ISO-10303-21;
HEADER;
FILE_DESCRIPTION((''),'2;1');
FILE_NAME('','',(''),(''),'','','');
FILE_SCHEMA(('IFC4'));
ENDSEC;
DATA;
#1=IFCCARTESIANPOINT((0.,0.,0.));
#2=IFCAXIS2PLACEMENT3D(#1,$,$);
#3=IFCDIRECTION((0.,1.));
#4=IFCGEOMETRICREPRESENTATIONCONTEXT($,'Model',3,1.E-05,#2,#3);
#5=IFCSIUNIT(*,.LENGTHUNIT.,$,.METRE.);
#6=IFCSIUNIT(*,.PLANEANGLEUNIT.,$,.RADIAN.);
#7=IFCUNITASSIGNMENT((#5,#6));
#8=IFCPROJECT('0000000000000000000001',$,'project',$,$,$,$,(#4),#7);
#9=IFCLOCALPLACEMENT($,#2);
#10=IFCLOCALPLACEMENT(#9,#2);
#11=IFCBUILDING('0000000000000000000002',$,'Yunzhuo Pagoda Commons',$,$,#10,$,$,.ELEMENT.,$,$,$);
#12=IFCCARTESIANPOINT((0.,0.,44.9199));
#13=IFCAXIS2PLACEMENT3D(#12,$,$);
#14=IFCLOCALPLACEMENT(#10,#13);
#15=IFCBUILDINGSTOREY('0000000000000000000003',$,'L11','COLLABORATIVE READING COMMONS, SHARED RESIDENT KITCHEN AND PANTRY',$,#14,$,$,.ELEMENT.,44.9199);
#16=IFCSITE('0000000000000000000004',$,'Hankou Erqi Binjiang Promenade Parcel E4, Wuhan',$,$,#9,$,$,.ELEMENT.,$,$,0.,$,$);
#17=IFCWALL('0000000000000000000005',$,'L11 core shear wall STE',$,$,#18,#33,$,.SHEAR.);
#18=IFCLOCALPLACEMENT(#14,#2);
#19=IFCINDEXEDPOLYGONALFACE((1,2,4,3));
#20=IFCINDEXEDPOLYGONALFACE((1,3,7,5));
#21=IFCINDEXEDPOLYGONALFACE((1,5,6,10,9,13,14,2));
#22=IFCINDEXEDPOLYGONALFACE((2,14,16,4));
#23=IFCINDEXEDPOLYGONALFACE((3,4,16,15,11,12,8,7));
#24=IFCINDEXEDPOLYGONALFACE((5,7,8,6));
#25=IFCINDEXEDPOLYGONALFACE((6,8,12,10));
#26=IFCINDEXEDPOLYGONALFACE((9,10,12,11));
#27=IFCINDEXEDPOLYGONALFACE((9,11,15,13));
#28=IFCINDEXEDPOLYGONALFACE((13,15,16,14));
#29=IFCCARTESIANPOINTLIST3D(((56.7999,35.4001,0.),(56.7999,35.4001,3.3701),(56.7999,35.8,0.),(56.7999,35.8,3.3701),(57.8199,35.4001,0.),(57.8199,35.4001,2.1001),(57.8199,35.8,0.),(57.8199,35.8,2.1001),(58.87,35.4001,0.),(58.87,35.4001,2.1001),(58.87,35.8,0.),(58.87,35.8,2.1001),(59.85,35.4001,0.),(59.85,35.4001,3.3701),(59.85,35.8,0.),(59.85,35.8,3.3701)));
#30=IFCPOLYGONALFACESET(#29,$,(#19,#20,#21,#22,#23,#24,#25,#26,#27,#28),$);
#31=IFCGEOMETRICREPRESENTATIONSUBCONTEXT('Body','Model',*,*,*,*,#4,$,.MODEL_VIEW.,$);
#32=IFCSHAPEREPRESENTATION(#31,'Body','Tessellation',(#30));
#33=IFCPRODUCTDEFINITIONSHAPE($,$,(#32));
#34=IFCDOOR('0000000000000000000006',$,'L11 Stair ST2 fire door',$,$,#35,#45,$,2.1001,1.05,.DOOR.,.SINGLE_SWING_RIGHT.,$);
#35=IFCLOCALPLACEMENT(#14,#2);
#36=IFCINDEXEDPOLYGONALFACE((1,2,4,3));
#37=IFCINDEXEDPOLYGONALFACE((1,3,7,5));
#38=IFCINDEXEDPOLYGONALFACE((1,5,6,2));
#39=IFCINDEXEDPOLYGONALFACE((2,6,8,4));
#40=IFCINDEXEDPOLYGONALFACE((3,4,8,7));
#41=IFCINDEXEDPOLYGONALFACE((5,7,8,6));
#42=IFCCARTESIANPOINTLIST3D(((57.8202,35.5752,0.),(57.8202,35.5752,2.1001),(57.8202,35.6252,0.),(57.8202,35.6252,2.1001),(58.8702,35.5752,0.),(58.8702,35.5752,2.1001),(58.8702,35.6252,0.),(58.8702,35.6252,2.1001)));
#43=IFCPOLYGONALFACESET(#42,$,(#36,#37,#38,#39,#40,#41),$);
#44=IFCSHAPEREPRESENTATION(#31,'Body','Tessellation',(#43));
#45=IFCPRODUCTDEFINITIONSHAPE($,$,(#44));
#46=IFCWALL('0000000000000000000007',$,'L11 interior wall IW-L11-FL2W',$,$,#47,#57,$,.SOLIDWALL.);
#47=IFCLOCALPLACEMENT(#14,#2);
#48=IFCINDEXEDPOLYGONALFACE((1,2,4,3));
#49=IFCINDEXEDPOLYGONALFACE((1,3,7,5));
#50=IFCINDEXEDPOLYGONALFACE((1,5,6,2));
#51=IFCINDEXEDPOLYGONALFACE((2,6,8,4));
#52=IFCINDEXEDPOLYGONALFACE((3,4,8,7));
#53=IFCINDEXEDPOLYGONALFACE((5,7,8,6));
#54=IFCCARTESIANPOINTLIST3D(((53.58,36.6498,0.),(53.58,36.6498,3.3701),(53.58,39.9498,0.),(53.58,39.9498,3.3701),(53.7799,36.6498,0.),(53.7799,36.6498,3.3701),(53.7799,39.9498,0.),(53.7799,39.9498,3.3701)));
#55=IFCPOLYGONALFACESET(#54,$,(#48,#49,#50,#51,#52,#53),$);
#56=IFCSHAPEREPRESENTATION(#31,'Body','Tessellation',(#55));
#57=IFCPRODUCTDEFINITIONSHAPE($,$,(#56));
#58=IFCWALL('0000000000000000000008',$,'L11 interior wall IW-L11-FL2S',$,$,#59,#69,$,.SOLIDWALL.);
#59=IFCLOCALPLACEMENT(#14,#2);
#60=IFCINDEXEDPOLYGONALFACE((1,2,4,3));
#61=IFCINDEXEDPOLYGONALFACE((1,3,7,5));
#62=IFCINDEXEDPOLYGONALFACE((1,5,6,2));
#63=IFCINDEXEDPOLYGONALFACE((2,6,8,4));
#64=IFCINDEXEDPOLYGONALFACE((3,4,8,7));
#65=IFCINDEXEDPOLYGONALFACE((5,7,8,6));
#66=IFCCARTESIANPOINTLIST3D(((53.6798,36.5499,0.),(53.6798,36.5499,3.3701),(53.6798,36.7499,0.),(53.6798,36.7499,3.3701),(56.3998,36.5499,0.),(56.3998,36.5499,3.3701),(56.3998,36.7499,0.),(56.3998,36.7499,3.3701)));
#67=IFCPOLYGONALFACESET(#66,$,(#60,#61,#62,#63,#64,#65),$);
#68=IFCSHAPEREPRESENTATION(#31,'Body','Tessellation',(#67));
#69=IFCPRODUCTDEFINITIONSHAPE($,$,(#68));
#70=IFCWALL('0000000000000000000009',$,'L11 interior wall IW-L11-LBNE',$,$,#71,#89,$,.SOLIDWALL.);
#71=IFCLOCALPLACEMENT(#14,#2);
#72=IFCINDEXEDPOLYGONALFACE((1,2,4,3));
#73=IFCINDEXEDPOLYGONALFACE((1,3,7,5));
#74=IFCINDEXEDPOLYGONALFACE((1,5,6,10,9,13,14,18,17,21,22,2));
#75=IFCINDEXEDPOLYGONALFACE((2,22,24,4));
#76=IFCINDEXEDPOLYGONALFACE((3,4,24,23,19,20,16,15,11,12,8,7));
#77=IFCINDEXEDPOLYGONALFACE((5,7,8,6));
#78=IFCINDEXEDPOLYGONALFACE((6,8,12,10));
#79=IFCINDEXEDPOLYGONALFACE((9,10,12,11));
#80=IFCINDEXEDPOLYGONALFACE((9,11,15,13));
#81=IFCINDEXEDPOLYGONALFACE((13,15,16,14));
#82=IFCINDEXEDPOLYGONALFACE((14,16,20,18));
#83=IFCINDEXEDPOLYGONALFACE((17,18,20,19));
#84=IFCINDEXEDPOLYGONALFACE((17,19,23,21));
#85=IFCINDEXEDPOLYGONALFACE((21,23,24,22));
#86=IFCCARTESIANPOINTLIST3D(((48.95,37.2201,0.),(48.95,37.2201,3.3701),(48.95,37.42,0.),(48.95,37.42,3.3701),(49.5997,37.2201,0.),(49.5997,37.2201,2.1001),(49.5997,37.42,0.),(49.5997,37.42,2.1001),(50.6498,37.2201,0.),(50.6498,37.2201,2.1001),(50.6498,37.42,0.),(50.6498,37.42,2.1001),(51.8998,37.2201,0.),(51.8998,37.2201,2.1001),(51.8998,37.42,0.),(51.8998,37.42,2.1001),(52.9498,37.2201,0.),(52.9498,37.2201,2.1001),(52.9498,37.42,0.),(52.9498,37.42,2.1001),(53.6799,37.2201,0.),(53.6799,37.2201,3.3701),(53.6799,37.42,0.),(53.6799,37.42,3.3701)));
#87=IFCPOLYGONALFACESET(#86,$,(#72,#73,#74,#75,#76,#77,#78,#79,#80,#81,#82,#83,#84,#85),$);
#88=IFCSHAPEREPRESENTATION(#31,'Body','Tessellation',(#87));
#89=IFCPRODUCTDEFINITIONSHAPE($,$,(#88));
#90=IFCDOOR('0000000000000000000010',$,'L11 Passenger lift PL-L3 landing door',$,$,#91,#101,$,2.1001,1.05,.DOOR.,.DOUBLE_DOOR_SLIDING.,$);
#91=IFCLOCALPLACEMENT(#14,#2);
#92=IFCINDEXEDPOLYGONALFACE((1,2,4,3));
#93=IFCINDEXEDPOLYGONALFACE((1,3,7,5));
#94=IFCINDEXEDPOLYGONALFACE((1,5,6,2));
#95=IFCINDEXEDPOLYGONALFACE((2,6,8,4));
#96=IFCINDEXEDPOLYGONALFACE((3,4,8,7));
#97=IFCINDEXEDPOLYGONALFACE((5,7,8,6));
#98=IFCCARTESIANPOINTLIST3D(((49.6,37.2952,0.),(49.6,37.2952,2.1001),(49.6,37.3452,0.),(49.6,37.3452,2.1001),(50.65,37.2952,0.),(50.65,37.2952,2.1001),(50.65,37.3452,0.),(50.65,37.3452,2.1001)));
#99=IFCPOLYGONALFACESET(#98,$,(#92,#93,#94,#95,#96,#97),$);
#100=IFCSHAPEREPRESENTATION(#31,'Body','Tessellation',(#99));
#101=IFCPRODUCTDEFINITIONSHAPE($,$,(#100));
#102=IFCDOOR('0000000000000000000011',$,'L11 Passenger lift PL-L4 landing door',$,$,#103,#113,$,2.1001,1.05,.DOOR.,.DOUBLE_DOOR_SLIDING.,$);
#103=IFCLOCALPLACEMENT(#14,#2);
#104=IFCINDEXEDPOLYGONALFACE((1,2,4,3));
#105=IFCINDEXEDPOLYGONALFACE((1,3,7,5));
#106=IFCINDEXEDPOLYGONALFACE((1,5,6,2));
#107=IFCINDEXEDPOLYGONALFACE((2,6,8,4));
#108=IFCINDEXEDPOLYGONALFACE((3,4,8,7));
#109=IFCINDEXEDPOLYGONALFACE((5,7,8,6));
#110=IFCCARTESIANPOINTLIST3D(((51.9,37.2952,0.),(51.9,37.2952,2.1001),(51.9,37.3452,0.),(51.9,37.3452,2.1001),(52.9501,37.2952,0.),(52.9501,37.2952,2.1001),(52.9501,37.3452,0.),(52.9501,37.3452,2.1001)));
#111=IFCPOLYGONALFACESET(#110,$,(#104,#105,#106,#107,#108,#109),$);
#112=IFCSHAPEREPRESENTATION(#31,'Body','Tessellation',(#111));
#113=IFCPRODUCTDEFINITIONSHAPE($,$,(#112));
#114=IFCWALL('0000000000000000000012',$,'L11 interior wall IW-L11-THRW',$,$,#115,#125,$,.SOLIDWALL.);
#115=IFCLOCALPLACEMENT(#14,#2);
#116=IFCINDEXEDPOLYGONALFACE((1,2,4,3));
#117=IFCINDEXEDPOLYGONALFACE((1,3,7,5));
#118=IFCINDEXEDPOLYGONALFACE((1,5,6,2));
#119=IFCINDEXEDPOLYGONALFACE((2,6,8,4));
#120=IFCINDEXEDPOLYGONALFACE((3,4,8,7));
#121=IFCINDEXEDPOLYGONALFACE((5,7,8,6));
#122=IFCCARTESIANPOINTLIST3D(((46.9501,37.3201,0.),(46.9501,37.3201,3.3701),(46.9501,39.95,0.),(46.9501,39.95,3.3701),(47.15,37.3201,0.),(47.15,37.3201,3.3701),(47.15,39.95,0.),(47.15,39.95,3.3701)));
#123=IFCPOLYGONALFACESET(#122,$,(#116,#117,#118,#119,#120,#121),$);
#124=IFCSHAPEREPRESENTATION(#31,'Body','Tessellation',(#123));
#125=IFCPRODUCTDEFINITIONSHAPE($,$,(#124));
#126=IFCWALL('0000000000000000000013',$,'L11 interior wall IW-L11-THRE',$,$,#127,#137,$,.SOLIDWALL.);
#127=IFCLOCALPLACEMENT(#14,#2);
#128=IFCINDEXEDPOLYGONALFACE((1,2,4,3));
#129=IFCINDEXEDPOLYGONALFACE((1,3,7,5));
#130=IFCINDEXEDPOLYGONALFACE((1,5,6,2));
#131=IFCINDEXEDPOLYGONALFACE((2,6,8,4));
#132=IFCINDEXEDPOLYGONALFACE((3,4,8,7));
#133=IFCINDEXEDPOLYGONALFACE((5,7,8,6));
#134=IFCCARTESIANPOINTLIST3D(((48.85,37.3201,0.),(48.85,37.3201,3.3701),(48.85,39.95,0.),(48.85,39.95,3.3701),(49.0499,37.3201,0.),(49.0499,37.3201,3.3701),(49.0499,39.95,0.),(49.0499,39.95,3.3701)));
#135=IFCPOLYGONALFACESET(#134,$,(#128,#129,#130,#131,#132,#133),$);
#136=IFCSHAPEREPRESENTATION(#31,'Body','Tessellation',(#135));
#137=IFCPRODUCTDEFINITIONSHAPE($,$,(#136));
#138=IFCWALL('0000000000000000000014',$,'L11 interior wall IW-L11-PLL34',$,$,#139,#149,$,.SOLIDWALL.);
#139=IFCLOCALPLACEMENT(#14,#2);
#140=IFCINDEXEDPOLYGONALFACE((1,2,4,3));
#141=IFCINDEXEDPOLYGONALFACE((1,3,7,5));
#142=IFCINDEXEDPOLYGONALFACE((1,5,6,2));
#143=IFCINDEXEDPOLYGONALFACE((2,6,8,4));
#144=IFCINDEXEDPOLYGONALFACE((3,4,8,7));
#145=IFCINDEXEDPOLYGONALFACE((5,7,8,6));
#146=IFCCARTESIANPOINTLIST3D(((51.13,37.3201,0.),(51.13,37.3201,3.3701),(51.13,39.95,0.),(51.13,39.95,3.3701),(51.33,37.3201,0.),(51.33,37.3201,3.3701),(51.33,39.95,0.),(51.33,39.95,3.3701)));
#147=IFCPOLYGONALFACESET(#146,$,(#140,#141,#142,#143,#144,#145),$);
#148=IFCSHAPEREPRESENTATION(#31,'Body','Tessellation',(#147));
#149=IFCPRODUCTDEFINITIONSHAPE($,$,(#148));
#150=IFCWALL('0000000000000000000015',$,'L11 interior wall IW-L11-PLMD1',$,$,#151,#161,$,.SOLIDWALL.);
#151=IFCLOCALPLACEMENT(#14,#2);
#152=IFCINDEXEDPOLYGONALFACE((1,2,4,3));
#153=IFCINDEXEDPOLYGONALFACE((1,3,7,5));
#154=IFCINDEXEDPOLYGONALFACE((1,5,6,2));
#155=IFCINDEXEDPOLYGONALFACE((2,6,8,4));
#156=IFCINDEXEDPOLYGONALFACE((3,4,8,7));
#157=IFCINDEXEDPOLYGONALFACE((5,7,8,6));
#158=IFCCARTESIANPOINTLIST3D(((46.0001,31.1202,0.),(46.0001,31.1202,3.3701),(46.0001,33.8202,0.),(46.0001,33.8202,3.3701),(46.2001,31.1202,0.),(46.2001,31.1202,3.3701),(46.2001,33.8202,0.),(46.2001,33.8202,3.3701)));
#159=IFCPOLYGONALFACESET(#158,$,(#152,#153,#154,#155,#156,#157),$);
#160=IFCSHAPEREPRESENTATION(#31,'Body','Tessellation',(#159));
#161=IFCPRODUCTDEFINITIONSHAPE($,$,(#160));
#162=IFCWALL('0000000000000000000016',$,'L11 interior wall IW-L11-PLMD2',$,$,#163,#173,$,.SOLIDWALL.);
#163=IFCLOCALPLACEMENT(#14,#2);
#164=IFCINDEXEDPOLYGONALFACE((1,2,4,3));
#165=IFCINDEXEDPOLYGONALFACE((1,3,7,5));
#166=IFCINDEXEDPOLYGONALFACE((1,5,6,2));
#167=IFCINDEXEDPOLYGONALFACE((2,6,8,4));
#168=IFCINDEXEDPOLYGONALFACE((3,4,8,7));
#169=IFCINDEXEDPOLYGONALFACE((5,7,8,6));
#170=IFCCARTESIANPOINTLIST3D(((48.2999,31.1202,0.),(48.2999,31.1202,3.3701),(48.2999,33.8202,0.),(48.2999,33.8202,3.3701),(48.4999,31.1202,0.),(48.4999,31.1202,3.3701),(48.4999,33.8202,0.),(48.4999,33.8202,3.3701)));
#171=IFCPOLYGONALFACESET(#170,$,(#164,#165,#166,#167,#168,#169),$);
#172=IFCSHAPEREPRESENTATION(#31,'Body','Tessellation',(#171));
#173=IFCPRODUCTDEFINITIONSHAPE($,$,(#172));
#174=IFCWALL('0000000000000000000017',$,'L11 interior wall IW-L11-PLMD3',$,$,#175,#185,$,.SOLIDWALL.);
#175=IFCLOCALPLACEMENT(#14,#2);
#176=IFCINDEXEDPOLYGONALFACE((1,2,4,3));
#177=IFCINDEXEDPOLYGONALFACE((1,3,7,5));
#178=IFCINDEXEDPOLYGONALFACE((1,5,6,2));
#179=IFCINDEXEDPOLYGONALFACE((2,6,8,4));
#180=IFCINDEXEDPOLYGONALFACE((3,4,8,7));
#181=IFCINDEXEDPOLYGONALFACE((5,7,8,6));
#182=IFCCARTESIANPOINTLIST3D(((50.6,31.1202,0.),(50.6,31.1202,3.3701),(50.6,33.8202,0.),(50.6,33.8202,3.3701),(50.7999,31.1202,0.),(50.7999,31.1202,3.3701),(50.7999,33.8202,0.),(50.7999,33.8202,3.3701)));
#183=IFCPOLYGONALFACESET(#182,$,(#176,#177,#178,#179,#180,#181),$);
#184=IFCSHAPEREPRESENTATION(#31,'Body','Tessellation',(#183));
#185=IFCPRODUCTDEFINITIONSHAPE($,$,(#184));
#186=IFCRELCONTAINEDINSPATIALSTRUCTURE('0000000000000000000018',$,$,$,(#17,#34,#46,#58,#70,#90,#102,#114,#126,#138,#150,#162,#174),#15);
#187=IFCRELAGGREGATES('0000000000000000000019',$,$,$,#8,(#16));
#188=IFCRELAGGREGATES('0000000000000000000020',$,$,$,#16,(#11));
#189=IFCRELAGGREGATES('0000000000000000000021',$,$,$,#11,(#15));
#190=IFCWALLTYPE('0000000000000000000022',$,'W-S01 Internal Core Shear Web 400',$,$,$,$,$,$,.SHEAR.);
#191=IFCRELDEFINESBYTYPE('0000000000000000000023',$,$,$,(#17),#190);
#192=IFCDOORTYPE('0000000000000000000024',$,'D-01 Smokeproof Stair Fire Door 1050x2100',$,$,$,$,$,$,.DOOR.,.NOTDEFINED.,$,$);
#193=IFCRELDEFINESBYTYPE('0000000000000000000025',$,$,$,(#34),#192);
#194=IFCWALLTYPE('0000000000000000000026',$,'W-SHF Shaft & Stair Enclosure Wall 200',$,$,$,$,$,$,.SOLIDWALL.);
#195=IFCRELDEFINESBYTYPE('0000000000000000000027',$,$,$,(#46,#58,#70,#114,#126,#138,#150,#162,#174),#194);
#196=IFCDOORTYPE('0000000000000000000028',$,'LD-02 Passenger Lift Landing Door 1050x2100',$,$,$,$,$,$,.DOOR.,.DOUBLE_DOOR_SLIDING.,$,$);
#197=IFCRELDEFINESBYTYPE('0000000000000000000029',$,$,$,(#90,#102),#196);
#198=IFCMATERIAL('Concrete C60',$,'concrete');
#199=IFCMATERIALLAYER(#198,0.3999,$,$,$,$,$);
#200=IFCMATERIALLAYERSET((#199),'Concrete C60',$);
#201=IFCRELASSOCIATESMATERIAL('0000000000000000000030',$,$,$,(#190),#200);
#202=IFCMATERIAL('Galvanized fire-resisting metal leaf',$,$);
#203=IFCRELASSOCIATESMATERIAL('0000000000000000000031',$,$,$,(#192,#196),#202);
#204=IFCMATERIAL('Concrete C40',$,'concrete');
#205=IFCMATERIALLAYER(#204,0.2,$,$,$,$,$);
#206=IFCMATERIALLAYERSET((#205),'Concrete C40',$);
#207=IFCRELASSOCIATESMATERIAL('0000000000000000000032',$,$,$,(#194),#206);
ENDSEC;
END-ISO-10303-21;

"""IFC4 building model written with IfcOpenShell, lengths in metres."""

from ifc_helpers import new_model, si_unit, direction, frame, frame_2d, origin, place, context, subcontext, project, spatial, rectangle, extrude, source, transform, mapped, material, layer, layer_set, type_object, element, fill, save


model = new_model("IFC4")

# Units and contexts
model_context = context("Model", 3, precision=1e-05, world=origin(), true_north=direction((0.0, 1.0)))
body_context = subcontext(model_context, "Body", "Model", "MODEL_VIEW")
ifc_project = project(units=[si_unit("LENGTHUNIT", "METRE"), si_unit("PLANEANGLEUNIT", "RADIAN")], contexts=[model_context])

# Site, building, storey
site_placement = place(None, origin())
site = spatial("IfcSite", under=ifc_project, at=site_placement, Name="Hankou Erqi Binjiang Promenade Parcel E4, Wuhan", CompositionType="ELEMENT", RefElevation=0.0)
building_placement = place(site_placement, origin())
building = spatial("IfcBuilding", under=site, at=building_placement, Name="Yunzhuo Pagoda Commons", CompositionType="ELEMENT")
storey_placement = place(building_placement, frame((0.0, 0.0, 44.9199)))
storey = spatial("IfcBuildingStorey", under=building, at=storey_placement, Name="L11", Description="COLLABORATIVE READING COMMONS, SHARED RESIDENT KITCHEN AND PANTRY", CompositionType="ELEMENT", Elevation=44.9199)

# Shared definitions
ifc_material_1 = material(Name="Concrete C60", Category="concrete")
ifc_material_2 = material(Name="Galvanized fire-resisting metal leaf")
shared_shape_1 = source(origin(), body_context, "Body", "SweptSolid", [
    extrude(rectangle(XDim=1.05, YDim=2.1001, at=frame_2d((0.5249, 1.05))), frame((0.0, 0.0249, 0.0), z_axis=(0.0, -1.0, 0.0), x_axis=(1.0, 0.0, 0.0)), (0.0, 0.0, 1.0), 0.05),
])

# Wall, opening, door
ifc_layer_1 = layer(ifc_material_1, 0.3999)
ifc_layer_set_1 = layer_set([ifc_layer_1], Name="Concrete C60")
wall_type_1 = type_object("IfcWallType", Name="W-S01 Internal Core Shear Web 400", PredefinedType="SHEAR", material=ifc_layer_set_1)
wall_1_placement = place(storey_placement, frame((56.8, 35.6001, 0.0), z_axis=(0.0, 0.0, 1.0), x_axis=(1.0, 0.0, 0.0)))
wall_1 = element("IfcWall", 1, at=wall_1_placement, inside=storey, type_object=wall_type_1, Name="L11 core shear wall STE", PredefinedType="SHEAR", context=body_context, shape_type="SweptSolid", body=[
    extrude(rectangle(XDim=3.05, YDim=0.3999, at=frame_2d((1.5249, 0.0))), origin(), (0.0, 0.0, 1.0), 3.3701),
])
opening_1_placement = place(wall_1_placement, frame((1.02, 0.0, 0.0)))
opening_1 = element("IfcOpeningElement", 2, at=opening_1_placement, cuts=wall_1, PredefinedType="OPENING", context=body_context, shape_type="SweptSolid", body=[
    extrude(rectangle(XDim=1.05, YDim=2.1001, at=frame_2d((0.5249, 1.05))), frame((0.0, 0.21, 0.0), z_axis=(0.0, -1.0, 0.0), x_axis=(1.0, 0.0, 0.0)), (0.0, 0.0, 1.0), 0.4199),
])
door_type_1 = type_object("IfcDoorType", Name="D-01 Smokeproof Stair Fire Door 1050x2100", OperationType="NOTDEFINED", PredefinedType="DOOR", material=ifc_material_2)
door_1_placement = place(opening_1_placement, frame((1.05, 0.0, 0.0), z_axis=(0.0, 0.0, 1.0), x_axis=(-1.0, 0.0, 0.0)))
door_1 = element("IfcDoor", 3, at=door_1_placement, inside=storey, type_object=door_type_1, Name="L11 Stair ST2 fire door", OperationType="SINGLE_SWING_RIGHT", OverallHeight=2.1001, OverallWidth=1.05, PredefinedType="DOOR", context=body_context, shape_type="MappedRepresentation", body=[
    mapped(shared_shape_1, transform((0.0, 0.0, 0.0), scale=1.0)),
])
fill(opening_1, door_1)

# Walls
ifc_material_3 = material(Name="Concrete C40", Category="concrete")
ifc_layer_2 = layer(ifc_material_3, 0.2)
ifc_layer_set_2 = layer_set([ifc_layer_2], Name="Concrete C40")
wall_type_2 = type_object("IfcWallType", Name="W-SHF Shaft & Stair Enclosure Wall 200", PredefinedType="SOLIDWALL", material=ifc_layer_set_2)
wall_2_placement = place(storey_placement, frame((53.6799, 36.6499, 0.0), z_axis=(0.0, 0.0, 1.0), x_axis=(0.0, 1.0, 0.0)))
element("IfcWall", 4, at=wall_2_placement, inside=storey, type_object=wall_type_2, Name="L11 interior wall IW-L11-FL2W", PredefinedType="SOLIDWALL", context=body_context, shape_type="SweptSolid", body=[
    extrude(rectangle(XDim=3.3, YDim=0.2, at=frame_2d((1.6499, 0.0))), origin(), (0.0, 0.0, 1.0), 3.3701),
])
wall_3_placement = place(storey_placement, frame((53.6799, 36.6499, 0.0), z_axis=(0.0, 0.0, 1.0), x_axis=(1.0, 0.0, 0.0)))
element("IfcWall", 5, at=wall_3_placement, inside=storey, type_object=wall_type_2, Name="L11 interior wall IW-L11-FL2S", PredefinedType="SOLIDWALL", context=body_context, shape_type="SweptSolid", body=[
    extrude(rectangle(XDim=2.72, YDim=0.2, at=frame_2d((1.3599, 0.0))), origin(), (0.0, 0.0, 1.0), 3.3701),
])

# Wall, openings, doors
wall_4_placement = place(storey_placement, frame((48.95, 37.3201, 0.0), z_axis=(0.0, 0.0, 1.0), x_axis=(1.0, 0.0, 0.0)))
wall_4 = element("IfcWall", 6, at=wall_4_placement, inside=storey, type_object=wall_type_2, Name="L11 interior wall IW-L11-LBNE", PredefinedType="SOLIDWALL", context=body_context, shape_type="SweptSolid", body=[
    extrude(rectangle(XDim=4.73, YDim=0.2, at=frame_2d((2.365, 0.0))), origin(), (0.0, 0.0, 1.0), 3.3701),
])
opening_2_placement = place(wall_4_placement, frame((0.6499, 0.0, 0.0)))
opening_2 = element("IfcOpeningElement", 7, at=opening_2_placement, cuts=wall_4, PredefinedType="OPENING", context=body_context, shape_type="SweptSolid", body=[
    extrude(rectangle(XDim=1.05, YDim=2.1001, at=frame_2d((0.5249, 1.05))), frame((0.0, 0.1099, 0.0), z_axis=(0.0, -1.0, 0.0), x_axis=(1.0, 0.0, 0.0)), (0.0, 0.0, 1.0), 0.22),
])
opening_3_placement = place(wall_4_placement, frame((2.95, 0.0, 0.0)))
opening_3 = element("IfcOpeningElement", 8, at=opening_3_placement, cuts=wall_4, PredefinedType="OPENING", context=body_context, shape_type="SweptSolid", body=[
    extrude(rectangle(XDim=1.05, YDim=2.1001, at=frame_2d((0.5249, 1.05))), frame((0.0, 0.1099, 0.0), z_axis=(0.0, -1.0, 0.0), x_axis=(1.0, 0.0, 0.0)), (0.0, 0.0, 1.0), 0.22),
])
door_type_2 = type_object("IfcDoorType", Name="LD-02 Passenger Lift Landing Door 1050x2100", OperationType="DOUBLE_DOOR_SLIDING", PredefinedType="DOOR", material=ifc_material_2)
door_2_placement = place(opening_2_placement, frame((1.05, 0.0, 0.0), z_axis=(0.0, 0.0, 1.0), x_axis=(-1.0, 0.0, 0.0)))
door_2 = element("IfcDoor", 9, at=door_2_placement, inside=storey, type_object=door_type_2, Name="L11 Passenger lift PL-L3 landing door", OperationType="DOUBLE_DOOR_SLIDING", OverallHeight=2.1001, OverallWidth=1.05, PredefinedType="DOOR", context=body_context, shape_type="MappedRepresentation", body=[
    mapped(shared_shape_1, transform((0.0, 0.0, 0.0), scale=1.0)),
])
fill(opening_2, door_2)
door_3_placement = place(opening_3_placement, frame((1.05, 0.0, 0.0), z_axis=(0.0, 0.0, 1.0), x_axis=(-1.0, 0.0, 0.0)))
door_3 = element("IfcDoor", 10, at=door_3_placement, inside=storey, type_object=door_type_2, Name="L11 Passenger lift PL-L4 landing door", OperationType="DOUBLE_DOOR_SLIDING", OverallHeight=2.1001, OverallWidth=1.05, PredefinedType="DOOR", context=body_context, shape_type="MappedRepresentation", body=[
    mapped(shared_shape_1, transform((0.0, 0.0, 0.0), scale=1.0)),
])
fill(opening_3, door_3)

# Walls
for number, where, z_axis, x_axis, name in (
    (11, (47.05, 37.3201, 0.0), (0.0, 0.0, 1.0), (0.0, 1.0, 0.0), "L11 interior wall IW-L11-THRW"),
    (12, (48.95, 37.3201, 0.0), (0.0, 0.0, 1.0), (0.0, 1.0, 0.0), "L11 interior wall IW-L11-THRE"),
    (13, (51.23, 37.3201, 0.0), (0.0, 0.0, 1.0), (0.0, 1.0, 0.0), "L11 interior wall IW-L11-PLL34"),
):
    element("IfcWall", number, at=place(storey_placement, frame(where, z_axis=z_axis, x_axis=x_axis)), inside=storey, type_object=wall_type_2, Name=name, PredefinedType="SOLIDWALL", context=body_context, shape_type="SweptSolid", body=[
        extrude(rectangle(XDim=2.6299, YDim=0.2, at=frame_2d((1.3149, 0.0))), origin(), (0.0, 0.0, 1.0), 3.3701),
    ])
for number, where, z_axis, x_axis, name in (
    (14, (46.1001, 31.1201, 0.0), (0.0, 0.0, 1.0), (0.0, 1.0, 0.0), "L11 interior wall IW-L11-PLMD1"),
    (15, (48.3999, 31.1201, 0.0), (0.0, 0.0, 1.0), (0.0, 1.0, 0.0), "L11 interior wall IW-L11-PLMD2"),
    (16, (50.7, 31.1201, 0.0), (0.0, 0.0, 1.0), (0.0, 1.0, 0.0), "L11 interior wall IW-L11-PLMD3"),
):
    element("IfcWall", number, at=place(storey_placement, frame(where, z_axis=z_axis, x_axis=x_axis)), inside=storey, type_object=wall_type_2, Name=name, PredefinedType="SOLIDWALL", context=body_context, shape_type="SweptSolid", body=[
        extrude(rectangle(XDim=2.7, YDim=0.2, at=frame_2d((1.3501, 0.0))), origin(), (0.0, 0.0, 1.0), 3.3701),
    ])

save(model, "model.ifc")
